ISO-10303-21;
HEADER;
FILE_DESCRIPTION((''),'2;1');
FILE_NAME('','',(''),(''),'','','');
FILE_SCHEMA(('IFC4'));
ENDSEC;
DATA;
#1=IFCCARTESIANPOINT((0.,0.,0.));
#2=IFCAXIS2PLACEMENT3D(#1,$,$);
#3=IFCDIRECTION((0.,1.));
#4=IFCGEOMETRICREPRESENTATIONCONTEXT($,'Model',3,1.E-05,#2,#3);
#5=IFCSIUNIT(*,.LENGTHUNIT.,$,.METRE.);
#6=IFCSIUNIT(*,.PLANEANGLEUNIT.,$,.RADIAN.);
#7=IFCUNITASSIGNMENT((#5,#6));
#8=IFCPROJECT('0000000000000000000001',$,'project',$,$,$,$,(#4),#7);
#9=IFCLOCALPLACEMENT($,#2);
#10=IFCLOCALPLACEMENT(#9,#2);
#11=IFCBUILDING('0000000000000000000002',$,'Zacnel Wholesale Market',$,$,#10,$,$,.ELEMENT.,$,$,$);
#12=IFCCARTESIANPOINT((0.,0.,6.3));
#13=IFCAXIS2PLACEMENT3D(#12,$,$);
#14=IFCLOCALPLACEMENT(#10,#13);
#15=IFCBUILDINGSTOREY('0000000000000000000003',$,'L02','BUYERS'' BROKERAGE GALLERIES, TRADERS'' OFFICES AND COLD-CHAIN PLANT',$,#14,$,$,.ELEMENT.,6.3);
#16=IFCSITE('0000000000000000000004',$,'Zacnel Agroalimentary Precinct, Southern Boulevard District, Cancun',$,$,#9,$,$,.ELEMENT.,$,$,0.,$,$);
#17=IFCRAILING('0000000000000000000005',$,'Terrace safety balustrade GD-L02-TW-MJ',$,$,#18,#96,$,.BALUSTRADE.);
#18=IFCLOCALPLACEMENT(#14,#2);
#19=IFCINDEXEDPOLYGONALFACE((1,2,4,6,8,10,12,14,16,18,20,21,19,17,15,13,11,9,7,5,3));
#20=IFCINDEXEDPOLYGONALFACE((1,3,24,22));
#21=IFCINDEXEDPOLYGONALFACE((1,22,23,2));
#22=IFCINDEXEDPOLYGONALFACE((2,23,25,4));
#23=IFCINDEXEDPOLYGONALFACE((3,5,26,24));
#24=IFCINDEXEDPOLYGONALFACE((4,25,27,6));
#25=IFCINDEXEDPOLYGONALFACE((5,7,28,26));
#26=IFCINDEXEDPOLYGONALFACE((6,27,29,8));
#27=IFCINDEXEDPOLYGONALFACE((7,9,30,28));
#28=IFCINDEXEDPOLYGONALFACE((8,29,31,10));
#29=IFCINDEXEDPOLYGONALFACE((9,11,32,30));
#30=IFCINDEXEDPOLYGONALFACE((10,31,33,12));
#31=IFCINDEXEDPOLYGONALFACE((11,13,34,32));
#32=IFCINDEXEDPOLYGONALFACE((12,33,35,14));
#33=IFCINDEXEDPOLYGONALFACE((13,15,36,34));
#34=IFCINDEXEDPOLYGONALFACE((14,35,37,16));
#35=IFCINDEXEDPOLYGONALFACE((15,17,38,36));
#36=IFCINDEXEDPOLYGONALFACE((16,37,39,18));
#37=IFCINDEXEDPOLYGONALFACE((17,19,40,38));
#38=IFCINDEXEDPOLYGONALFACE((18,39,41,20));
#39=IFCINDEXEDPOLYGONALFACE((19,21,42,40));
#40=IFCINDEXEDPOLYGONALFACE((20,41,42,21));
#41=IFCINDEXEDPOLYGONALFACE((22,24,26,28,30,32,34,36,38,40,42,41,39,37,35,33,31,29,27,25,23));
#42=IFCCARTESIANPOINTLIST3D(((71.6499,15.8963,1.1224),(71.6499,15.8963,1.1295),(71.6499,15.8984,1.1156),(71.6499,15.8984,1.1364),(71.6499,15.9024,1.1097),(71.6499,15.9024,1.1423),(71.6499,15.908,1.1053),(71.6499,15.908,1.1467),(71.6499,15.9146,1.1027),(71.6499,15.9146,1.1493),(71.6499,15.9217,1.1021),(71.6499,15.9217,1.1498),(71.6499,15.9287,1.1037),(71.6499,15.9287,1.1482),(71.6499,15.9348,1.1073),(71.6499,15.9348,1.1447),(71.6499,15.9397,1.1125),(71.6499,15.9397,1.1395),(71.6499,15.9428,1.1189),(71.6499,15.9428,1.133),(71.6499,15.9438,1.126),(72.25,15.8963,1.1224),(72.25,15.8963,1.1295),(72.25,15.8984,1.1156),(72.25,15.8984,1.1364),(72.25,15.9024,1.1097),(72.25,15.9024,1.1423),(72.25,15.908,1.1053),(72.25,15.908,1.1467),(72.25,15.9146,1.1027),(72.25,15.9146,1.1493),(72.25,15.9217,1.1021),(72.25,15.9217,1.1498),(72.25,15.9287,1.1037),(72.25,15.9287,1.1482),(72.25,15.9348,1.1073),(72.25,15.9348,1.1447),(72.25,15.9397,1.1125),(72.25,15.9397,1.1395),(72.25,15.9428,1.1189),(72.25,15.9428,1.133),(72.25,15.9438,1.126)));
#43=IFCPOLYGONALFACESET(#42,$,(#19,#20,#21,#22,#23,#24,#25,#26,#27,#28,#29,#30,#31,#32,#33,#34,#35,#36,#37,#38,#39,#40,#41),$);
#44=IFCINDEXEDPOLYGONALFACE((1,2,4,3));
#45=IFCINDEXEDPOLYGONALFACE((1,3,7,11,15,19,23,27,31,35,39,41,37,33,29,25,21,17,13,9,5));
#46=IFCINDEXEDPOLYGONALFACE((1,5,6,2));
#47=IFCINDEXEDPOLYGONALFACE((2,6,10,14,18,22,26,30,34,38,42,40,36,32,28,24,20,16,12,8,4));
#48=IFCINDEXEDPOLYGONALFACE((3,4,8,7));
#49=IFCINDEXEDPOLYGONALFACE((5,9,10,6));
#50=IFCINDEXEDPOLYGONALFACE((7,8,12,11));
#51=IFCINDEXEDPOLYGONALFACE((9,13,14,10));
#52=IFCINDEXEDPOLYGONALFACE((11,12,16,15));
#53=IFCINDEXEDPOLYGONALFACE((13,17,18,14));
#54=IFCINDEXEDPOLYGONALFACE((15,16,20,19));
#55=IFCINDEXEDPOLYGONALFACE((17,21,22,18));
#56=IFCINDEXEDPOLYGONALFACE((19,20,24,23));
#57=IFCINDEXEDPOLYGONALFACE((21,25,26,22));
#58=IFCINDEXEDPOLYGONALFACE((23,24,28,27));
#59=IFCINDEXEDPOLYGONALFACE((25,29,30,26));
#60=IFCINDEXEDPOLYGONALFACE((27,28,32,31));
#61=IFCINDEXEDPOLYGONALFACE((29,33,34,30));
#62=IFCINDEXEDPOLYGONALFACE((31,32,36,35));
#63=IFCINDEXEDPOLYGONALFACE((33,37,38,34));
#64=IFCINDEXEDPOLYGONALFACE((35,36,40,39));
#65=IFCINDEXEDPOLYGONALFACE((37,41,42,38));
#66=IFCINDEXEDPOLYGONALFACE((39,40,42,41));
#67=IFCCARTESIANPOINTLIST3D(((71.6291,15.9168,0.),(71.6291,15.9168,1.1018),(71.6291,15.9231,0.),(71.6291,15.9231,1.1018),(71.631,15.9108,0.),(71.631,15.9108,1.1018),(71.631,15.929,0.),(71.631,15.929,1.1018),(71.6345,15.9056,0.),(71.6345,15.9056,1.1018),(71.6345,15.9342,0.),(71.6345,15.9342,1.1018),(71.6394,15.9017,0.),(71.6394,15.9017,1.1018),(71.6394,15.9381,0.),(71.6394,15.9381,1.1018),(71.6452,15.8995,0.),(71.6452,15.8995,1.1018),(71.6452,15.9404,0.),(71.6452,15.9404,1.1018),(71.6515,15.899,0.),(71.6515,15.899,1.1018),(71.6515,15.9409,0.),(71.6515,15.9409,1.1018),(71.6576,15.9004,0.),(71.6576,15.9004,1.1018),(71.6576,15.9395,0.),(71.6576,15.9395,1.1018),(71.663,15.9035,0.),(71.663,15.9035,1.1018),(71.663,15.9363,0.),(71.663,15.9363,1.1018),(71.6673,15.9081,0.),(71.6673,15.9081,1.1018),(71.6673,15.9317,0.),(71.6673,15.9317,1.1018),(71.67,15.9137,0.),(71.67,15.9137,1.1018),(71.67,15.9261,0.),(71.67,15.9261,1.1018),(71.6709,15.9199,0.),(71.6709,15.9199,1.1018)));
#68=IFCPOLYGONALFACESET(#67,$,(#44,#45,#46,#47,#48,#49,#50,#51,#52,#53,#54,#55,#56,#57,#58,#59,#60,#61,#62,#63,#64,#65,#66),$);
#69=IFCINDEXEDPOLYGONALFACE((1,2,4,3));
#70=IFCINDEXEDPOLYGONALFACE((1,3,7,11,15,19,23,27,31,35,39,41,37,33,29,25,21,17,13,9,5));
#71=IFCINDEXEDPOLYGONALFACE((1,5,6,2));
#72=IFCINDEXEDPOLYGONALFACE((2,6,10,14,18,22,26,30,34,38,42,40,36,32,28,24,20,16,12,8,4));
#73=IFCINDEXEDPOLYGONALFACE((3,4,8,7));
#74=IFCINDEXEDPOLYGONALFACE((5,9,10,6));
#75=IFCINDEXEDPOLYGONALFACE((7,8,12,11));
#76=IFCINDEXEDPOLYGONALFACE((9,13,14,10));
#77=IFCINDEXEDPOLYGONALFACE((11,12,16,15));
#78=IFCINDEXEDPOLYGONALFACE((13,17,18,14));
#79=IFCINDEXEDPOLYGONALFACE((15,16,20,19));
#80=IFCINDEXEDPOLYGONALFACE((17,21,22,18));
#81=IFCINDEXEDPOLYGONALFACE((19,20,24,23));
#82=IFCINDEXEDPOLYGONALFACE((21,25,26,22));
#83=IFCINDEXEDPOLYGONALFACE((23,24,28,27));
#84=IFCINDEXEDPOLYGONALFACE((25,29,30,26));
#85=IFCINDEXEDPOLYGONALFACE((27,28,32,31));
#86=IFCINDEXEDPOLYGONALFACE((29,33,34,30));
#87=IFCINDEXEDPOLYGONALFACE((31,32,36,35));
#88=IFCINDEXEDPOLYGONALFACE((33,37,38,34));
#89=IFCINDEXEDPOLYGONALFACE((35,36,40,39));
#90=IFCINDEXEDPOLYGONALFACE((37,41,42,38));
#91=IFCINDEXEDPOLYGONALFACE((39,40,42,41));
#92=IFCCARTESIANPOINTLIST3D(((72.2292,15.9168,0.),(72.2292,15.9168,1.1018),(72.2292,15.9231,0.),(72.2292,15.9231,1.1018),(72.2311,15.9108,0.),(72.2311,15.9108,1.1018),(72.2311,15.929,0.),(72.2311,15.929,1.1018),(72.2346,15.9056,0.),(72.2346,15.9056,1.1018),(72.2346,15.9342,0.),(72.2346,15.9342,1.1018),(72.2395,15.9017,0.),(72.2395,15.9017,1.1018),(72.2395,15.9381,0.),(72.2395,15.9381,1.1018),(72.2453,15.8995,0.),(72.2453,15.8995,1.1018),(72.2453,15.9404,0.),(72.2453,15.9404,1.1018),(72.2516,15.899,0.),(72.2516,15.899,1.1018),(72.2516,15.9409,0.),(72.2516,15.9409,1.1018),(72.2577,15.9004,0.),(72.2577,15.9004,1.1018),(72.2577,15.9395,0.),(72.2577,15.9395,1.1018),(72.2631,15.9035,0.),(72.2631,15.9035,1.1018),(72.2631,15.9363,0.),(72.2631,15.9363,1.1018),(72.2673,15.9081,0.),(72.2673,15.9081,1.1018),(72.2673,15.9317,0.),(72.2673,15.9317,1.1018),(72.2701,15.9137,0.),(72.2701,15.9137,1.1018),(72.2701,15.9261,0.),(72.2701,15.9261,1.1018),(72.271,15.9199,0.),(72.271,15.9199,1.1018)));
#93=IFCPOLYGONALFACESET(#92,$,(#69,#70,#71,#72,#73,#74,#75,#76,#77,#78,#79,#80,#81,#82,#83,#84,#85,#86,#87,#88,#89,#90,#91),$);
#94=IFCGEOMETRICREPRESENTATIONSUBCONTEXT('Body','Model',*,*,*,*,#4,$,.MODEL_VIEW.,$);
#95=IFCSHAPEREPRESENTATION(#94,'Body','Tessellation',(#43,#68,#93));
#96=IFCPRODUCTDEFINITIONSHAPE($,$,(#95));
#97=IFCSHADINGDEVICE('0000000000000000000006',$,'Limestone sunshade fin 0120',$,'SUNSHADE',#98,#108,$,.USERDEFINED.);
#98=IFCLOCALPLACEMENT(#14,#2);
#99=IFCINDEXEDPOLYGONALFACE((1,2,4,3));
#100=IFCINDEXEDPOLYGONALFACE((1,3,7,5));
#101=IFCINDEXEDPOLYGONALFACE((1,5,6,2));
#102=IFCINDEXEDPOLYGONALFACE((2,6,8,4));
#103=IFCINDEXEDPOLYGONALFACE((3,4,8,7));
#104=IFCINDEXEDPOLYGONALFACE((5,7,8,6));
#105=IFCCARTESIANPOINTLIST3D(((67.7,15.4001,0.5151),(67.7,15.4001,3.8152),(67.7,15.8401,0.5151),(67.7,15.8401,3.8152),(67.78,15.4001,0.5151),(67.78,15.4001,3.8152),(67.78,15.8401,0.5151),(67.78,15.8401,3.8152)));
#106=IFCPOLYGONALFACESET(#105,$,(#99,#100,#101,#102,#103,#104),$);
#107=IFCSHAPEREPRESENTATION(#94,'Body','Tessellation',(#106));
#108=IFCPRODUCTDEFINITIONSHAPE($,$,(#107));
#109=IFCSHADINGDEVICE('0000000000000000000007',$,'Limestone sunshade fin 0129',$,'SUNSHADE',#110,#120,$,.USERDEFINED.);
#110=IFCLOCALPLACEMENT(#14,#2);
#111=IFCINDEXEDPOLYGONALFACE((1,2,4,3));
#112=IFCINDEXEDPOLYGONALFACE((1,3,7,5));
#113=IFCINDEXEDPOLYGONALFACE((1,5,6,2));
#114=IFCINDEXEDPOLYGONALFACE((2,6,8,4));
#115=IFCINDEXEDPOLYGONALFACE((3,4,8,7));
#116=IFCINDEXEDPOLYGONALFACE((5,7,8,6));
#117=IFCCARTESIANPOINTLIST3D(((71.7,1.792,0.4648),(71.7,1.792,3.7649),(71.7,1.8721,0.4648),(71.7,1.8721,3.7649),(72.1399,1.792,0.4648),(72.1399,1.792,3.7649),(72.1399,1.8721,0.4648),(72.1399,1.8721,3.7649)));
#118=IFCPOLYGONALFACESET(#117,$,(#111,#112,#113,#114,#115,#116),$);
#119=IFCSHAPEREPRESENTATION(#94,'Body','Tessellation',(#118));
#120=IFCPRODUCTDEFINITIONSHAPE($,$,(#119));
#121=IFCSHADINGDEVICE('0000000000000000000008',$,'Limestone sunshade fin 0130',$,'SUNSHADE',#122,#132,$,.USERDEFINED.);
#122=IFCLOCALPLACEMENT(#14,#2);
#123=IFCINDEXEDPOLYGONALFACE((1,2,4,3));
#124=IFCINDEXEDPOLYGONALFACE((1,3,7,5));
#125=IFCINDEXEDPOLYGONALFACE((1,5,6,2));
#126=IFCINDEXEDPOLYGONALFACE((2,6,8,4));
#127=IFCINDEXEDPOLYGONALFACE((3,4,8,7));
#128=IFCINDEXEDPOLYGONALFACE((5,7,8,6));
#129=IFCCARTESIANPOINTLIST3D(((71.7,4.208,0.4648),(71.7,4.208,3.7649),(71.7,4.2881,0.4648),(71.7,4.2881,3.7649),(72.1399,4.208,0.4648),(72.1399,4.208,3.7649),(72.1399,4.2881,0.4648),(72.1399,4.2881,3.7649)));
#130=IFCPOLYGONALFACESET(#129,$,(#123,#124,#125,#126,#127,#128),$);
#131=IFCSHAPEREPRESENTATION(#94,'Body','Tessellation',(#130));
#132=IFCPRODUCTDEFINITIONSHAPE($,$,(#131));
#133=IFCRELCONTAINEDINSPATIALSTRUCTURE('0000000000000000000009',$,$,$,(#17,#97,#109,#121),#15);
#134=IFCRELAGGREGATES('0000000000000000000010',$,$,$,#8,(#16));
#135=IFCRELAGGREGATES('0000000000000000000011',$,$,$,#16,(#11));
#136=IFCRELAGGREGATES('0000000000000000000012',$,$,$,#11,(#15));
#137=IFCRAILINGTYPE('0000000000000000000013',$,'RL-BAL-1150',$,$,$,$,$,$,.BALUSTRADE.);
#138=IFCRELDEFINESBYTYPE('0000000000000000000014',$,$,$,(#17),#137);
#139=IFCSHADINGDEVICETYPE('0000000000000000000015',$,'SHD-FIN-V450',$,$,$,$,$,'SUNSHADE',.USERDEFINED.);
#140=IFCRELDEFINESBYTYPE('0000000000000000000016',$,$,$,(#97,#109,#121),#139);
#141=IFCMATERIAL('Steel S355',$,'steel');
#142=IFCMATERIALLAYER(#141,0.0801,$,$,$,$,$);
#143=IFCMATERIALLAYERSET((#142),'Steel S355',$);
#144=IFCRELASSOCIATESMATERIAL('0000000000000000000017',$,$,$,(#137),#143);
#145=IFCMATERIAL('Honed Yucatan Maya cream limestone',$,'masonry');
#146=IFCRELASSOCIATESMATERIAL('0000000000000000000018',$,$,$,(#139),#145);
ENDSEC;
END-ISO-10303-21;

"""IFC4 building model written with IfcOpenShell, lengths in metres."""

from ifc_helpers import new_model, si_unit, direction, frame, origin, origin_2d, place, context, subcontext, project, spatial, rectangle, circle, extrude, material, layer, layer_set, type_object, element, save


model = new_model("IFC4")

# Units and contexts
model_context = context("Model", 3, precision=1e-05, world=origin(), true_north=direction((0.0, 1.0)))
body_context = subcontext(model_context, "Body", "Model", "MODEL_VIEW")
ifc_project = project(units=[si_unit("LENGTHUNIT", "METRE"), si_unit("PLANEANGLEUNIT", "RADIAN")], contexts=[model_context])

# Site, building, storey
site_placement = place(None, origin())
site = spatial("IfcSite", under=ifc_project, at=site_placement, Name="Zacnel Agroalimentary Precinct, Southern Boulevard District, Cancun", CompositionType="ELEMENT", RefElevation=0.0)
building_placement = place(site_placement, origin())
building = spatial("IfcBuilding", under=site, at=building_placement, Name="Zacnel Wholesale Market", CompositionType="ELEMENT")
storey_placement = place(building_placement, frame((0.0, 0.0, 6.3)))
storey = spatial("IfcBuildingStorey", under=building, at=storey_placement, Name="L02", Description="BUYERS' BROKERAGE GALLERIES, TRADERS' OFFICES AND COLD-CHAIN PLANT", CompositionType="ELEMENT", Elevation=6.3)

# Railing
ifc_material_1 = material(Name="Steel S355", Category="steel")
ifc_layer_1 = layer(ifc_material_1, 0.0801)
ifc_layer_set_1 = layer_set([ifc_layer_1], Name="Steel S355")
railing_type = type_object("IfcRailingType", Name="RL-BAL-1150", PredefinedType="BALUSTRADE", material=ifc_layer_set_1)
railing_placement = place(storey_placement, frame((71.6499, 15.9199, 0.0)))
element("IfcRailing", 1, at=railing_placement, inside=storey, type_object=railing_type, Name="Terrace safety balustrade GD-L02-TW-MJ", PredefinedType="BALUSTRADE", context=body_context, shape_type="SweptSolid", body=[
    extrude(circle(Radius=0.0239, at=origin_2d()), frame((0.0, 0.0, 1.126), z_axis=(1.0, 0.0, 0.0), x_axis=(0.0, 1.0, 0.0)), (0.0, 0.0, 1.0), 0.6001),
    extrude(circle(Radius=0.021, at=origin_2d()), origin(), (0.0, 0.0, 1.0), 1.1018),
    extrude(circle(Radius=0.021, at=origin_2d()), frame((0.6001, 0.0, 0.0)), (0.0, 0.0, 1.0), 1.1018),
])

# Shading devices
ifc_material_2 = material(Name="Honed Yucatan Maya cream limestone", Category="masonry")
shading_device_type = type_object("IfcShadingDeviceType", Name="SHD-FIN-V450", ElementType="SUNSHADE", PredefinedType="USERDEFINED", material=ifc_material_2)
for number, where, z_axis, x_axis, name in (
    (2, (67.74, 15.6201, 0.5151), (0.0, 0.0, 1.0), (1.0, 0.0, 0.0), "Limestone sunshade fin 0120"),
    (3, (71.9199, 1.832, 0.4648), (0.0, 0.0, 1.0), (0.0, 1.0, 0.0), "Limestone sunshade fin 0129"),
    (4, (71.9199, 4.248, 0.4648), (0.0, 0.0, 1.0), (0.0, 1.0, 0.0), "Limestone sunshade fin 0130"),
):
    element("IfcShadingDevice", number, at=place(storey_placement, frame(where, z_axis=z_axis, x_axis=x_axis)), inside=storey, type_object=shading_device_type, Name=name, ObjectType="SUNSHADE", PredefinedType="USERDEFINED", context=body_context, shape_type="SweptSolid", body=[
        extrude(rectangle(XDim=0.0801, YDim=0.4399, at=origin_2d()), origin(), (0.0, 0.0, 1.0), 3.3),
    ])

save(model, "model.ifc")
